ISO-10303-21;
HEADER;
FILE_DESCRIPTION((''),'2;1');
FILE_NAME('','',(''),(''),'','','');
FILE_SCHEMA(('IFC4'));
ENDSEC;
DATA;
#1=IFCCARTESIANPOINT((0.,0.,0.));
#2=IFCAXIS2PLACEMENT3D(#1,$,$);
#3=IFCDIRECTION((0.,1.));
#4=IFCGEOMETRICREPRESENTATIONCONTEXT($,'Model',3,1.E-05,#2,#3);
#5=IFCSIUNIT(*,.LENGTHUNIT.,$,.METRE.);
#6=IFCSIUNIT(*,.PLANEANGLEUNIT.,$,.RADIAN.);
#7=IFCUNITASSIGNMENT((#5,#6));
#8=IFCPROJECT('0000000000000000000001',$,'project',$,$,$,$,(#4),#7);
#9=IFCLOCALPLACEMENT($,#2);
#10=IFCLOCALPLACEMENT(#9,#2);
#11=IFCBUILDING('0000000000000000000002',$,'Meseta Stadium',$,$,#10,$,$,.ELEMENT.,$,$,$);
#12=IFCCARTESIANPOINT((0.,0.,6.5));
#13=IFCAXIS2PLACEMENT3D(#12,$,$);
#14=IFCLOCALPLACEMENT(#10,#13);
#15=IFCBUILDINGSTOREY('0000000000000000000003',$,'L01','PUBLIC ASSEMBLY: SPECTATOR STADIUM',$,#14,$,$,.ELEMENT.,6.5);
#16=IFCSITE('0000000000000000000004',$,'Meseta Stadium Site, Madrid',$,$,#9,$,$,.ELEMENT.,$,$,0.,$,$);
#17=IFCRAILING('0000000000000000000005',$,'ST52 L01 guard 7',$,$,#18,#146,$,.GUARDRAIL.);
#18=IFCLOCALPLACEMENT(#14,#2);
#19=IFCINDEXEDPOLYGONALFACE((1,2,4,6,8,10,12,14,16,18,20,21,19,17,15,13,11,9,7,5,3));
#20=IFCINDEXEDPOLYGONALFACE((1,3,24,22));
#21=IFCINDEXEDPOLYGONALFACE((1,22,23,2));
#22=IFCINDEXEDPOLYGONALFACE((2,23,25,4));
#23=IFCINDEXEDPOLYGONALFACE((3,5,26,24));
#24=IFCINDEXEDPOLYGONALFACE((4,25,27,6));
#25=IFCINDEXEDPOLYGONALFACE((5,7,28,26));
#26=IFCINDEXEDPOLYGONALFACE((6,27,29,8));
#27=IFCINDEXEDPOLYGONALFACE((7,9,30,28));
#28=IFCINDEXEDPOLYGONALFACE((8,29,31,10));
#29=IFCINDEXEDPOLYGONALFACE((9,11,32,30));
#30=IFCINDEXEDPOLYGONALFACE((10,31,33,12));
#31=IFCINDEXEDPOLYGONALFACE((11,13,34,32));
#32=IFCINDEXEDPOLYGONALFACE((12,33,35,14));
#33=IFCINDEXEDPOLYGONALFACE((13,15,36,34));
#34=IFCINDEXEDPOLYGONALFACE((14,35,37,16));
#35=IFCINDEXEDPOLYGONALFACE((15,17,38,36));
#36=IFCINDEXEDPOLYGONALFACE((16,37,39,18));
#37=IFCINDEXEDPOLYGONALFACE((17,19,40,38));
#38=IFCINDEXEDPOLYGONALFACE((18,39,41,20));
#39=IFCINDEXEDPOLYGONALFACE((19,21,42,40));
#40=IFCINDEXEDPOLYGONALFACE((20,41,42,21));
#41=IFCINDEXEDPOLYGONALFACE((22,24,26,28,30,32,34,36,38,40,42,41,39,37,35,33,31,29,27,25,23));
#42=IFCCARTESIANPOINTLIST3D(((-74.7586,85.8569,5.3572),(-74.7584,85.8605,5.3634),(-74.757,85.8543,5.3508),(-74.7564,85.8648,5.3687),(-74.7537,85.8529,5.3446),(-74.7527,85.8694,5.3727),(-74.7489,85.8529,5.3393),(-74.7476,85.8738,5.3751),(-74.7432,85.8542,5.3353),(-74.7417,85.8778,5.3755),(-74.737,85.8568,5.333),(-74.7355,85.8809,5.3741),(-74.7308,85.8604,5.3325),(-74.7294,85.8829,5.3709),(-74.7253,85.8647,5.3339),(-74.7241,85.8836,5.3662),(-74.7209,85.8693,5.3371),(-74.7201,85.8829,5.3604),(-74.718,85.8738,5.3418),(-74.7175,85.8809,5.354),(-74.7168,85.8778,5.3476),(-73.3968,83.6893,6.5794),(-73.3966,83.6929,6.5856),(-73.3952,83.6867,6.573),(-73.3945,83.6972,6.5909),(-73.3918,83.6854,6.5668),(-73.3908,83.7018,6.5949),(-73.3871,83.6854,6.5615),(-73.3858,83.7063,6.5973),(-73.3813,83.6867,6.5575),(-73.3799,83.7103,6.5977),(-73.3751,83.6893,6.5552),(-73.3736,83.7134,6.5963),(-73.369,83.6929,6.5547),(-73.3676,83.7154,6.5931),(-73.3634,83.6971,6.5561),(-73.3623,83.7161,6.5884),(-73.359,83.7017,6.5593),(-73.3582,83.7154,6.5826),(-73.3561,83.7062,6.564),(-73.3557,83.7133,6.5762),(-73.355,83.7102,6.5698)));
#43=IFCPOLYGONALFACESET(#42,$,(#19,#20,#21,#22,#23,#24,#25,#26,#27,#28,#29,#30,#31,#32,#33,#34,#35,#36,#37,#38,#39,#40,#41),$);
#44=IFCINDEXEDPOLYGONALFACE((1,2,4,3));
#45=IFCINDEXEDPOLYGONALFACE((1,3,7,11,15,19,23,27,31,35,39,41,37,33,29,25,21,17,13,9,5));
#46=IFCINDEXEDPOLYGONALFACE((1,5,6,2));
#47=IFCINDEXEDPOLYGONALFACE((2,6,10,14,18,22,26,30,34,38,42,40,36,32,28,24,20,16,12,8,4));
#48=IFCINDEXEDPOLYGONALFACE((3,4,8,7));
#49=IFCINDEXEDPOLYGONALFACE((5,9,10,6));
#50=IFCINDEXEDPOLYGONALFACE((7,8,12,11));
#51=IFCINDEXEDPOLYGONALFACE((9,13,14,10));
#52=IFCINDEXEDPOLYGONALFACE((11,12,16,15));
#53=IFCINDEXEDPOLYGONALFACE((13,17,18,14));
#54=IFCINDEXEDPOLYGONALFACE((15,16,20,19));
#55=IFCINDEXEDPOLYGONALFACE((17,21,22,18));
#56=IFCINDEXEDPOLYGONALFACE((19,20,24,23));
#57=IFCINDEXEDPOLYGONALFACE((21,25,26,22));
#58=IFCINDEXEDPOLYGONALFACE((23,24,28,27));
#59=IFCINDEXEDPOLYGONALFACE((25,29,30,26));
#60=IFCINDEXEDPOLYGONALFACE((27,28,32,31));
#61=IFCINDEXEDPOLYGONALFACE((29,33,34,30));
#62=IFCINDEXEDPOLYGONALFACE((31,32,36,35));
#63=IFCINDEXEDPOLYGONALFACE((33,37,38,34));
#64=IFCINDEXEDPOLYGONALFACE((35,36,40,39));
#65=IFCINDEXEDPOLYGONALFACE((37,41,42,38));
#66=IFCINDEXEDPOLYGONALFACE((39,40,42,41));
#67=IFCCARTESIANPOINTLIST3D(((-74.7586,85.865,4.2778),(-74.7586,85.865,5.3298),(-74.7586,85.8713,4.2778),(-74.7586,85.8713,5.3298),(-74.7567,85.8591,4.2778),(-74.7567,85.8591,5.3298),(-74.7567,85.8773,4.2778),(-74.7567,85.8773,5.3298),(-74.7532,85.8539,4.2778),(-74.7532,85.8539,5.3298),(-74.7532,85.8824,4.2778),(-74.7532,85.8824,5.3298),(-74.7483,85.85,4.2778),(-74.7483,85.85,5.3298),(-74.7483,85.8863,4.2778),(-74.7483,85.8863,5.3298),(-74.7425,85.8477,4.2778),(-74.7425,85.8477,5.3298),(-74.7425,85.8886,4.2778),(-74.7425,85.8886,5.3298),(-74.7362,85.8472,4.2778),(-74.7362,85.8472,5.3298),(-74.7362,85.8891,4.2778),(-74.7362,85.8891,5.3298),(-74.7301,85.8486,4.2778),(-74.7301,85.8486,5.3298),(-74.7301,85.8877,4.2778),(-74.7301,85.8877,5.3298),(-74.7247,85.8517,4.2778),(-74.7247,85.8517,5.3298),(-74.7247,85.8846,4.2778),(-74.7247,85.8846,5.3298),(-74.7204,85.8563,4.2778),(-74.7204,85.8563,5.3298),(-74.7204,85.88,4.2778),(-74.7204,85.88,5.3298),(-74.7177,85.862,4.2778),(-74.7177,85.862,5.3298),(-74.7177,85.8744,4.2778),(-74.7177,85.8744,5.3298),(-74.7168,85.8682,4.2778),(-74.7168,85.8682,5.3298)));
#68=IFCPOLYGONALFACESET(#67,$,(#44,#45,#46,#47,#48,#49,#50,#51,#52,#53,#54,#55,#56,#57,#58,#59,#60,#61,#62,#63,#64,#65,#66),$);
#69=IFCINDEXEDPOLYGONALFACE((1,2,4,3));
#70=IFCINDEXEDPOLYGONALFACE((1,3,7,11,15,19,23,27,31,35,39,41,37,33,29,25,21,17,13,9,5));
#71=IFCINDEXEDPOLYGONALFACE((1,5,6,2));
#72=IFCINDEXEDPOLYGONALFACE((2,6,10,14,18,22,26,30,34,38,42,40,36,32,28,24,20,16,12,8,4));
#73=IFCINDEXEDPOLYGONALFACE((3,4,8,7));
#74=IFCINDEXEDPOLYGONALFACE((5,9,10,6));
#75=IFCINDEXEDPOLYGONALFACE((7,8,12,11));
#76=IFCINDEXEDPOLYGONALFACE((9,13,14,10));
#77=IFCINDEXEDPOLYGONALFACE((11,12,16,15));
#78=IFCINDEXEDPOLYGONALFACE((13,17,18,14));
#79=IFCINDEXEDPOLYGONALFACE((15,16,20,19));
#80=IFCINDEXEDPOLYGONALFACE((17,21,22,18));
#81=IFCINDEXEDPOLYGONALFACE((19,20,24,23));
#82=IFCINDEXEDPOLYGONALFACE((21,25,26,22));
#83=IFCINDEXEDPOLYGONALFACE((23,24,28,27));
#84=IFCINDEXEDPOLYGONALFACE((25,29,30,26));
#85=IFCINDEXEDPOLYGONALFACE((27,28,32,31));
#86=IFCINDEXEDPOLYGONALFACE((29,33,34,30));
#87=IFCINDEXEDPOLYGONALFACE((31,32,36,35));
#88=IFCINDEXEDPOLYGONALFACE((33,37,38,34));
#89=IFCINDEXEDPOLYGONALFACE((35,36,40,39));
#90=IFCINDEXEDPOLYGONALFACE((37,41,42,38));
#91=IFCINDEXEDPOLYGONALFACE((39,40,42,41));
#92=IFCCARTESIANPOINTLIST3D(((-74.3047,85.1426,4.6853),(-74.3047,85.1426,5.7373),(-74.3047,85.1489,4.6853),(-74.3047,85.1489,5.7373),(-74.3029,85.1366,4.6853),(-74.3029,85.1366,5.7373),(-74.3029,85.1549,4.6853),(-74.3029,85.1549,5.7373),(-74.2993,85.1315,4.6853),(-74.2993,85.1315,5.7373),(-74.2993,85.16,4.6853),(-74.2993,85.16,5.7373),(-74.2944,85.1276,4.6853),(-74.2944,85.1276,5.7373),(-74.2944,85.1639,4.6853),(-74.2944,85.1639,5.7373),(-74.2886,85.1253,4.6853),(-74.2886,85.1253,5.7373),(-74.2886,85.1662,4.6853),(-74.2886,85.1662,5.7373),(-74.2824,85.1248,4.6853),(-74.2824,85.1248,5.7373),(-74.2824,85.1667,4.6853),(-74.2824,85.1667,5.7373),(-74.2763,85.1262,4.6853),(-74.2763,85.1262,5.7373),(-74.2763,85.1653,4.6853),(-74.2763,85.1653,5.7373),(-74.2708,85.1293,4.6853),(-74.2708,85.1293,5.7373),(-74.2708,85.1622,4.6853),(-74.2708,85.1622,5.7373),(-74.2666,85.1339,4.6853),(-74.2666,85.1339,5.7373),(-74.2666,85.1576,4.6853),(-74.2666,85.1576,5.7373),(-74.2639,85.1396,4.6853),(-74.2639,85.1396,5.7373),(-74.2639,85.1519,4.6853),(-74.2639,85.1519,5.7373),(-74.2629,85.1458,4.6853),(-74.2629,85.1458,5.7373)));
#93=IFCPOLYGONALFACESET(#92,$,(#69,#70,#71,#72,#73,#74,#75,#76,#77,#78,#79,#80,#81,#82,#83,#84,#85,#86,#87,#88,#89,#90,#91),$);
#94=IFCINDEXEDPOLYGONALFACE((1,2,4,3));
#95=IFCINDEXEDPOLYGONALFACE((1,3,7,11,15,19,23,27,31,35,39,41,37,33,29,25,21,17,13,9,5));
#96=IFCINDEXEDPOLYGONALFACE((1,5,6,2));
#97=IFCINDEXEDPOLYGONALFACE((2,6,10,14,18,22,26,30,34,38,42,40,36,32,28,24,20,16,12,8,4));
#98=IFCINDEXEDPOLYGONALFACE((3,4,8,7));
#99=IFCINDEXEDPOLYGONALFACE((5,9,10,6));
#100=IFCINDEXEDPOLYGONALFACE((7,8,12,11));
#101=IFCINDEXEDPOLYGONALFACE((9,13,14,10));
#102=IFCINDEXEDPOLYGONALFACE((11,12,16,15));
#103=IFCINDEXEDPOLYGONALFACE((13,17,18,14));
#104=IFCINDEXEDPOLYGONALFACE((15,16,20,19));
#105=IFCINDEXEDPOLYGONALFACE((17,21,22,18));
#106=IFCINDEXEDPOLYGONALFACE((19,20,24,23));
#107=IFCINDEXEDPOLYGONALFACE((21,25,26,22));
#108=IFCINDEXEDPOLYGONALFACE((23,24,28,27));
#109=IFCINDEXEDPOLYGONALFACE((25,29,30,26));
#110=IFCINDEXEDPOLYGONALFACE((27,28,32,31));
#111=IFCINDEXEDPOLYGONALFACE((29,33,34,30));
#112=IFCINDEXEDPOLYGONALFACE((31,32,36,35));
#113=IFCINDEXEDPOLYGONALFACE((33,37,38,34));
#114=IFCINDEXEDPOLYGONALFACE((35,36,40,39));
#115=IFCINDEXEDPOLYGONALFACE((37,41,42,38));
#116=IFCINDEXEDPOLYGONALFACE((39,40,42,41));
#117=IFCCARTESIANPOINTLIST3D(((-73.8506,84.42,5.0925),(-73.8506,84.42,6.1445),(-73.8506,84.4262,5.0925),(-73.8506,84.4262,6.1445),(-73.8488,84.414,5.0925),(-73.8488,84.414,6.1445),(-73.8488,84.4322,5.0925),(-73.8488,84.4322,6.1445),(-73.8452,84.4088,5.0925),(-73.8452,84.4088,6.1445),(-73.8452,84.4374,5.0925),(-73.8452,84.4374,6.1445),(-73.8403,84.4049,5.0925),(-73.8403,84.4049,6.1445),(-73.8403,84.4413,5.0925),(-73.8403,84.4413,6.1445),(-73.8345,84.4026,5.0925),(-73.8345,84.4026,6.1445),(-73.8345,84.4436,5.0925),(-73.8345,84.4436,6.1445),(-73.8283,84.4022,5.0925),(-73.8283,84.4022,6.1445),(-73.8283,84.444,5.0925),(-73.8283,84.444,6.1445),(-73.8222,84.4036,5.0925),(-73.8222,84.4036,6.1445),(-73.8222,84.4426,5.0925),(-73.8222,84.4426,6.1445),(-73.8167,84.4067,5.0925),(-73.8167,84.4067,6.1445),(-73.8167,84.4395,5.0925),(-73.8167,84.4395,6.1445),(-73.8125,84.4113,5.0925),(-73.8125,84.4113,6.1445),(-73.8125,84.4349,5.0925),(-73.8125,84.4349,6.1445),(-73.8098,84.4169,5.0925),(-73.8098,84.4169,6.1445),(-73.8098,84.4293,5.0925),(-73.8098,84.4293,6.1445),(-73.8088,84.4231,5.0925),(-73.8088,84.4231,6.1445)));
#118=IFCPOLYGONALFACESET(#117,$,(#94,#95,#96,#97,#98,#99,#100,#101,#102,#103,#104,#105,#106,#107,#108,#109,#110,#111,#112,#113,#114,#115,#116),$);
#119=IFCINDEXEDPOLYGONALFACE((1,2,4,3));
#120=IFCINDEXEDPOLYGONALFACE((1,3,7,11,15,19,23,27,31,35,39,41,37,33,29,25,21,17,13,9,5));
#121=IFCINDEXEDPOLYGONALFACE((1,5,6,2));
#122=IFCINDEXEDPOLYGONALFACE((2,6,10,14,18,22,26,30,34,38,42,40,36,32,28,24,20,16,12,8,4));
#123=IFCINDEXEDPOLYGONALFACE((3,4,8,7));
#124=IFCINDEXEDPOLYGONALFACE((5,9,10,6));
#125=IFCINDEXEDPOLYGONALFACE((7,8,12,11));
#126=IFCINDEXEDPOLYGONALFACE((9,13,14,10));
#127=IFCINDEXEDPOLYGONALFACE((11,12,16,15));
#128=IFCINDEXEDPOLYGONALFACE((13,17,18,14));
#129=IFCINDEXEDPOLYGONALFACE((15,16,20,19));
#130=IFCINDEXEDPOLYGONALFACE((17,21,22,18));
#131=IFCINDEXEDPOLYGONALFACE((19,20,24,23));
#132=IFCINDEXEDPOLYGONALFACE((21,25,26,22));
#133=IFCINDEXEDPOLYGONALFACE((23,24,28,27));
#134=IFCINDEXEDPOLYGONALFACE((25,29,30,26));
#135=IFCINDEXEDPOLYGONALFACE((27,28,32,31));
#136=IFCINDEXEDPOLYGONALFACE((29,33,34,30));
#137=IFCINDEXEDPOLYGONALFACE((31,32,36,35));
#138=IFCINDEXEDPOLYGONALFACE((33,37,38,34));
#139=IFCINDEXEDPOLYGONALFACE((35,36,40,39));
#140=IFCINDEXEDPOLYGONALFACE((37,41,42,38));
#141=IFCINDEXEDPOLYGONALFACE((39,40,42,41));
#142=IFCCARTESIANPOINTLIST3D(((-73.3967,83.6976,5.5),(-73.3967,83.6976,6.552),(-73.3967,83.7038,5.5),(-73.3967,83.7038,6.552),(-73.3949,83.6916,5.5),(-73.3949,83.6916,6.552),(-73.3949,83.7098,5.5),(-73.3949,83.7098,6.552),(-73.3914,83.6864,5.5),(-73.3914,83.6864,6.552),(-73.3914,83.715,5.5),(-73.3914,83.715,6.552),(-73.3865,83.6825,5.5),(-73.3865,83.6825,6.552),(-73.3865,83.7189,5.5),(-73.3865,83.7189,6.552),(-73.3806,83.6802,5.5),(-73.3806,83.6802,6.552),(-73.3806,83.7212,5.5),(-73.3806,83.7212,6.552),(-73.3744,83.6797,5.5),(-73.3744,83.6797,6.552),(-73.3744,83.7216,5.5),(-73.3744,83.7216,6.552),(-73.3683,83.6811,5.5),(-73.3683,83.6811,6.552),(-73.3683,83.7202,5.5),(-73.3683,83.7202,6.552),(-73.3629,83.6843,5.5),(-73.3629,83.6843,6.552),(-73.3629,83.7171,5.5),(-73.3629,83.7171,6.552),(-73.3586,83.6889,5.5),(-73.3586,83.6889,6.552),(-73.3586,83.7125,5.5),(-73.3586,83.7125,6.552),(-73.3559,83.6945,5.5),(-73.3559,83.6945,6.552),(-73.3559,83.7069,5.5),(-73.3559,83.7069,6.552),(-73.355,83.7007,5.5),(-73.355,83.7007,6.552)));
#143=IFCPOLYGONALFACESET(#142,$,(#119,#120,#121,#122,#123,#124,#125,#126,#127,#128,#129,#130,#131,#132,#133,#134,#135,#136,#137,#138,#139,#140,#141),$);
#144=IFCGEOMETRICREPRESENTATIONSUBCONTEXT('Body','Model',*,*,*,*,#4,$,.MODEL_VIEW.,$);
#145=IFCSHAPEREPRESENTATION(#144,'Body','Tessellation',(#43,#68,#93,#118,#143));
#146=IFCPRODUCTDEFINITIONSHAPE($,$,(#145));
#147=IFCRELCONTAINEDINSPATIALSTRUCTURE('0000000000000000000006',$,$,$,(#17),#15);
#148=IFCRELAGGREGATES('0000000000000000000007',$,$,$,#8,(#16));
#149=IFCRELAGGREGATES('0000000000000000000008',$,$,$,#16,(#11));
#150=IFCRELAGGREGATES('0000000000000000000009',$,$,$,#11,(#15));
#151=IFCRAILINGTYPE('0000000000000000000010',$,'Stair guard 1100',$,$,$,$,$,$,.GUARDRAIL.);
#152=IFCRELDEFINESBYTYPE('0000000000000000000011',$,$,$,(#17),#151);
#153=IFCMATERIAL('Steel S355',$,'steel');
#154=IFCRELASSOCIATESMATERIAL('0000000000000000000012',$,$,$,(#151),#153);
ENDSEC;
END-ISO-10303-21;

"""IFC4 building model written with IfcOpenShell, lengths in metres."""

from ifc_helpers import new_model, si_unit, direction, frame, origin, origin_2d, place, context, subcontext, project, spatial, circle, extrude, material, type_object, element, save


model = new_model("IFC4")

# Units and contexts
model_context = context("Model", 3, precision=1e-05, world=origin(), true_north=direction((0.0, 1.0)))
body_context = subcontext(model_context, "Body", "Model", "MODEL_VIEW")
ifc_project = project(units=[si_unit("LENGTHUNIT", "METRE"), si_unit("PLANEANGLEUNIT", "RADIAN")], contexts=[model_context])

# Site, building, storey
site_placement = place(None, origin())
site = spatial("IfcSite", under=ifc_project, at=site_placement, Name="Meseta Stadium Site, Madrid", CompositionType="ELEMENT", RefElevation=0.0)
building_placement = place(site_placement, origin())
building = spatial("IfcBuilding", under=site, at=building_placement, Name="Meseta Stadium", CompositionType="ELEMENT")
storey_placement = place(building_placement, frame((0.0, 0.0, 6.5)))
storey = spatial("IfcBuildingStorey", under=building, at=storey_placement, Name="L01", Description="PUBLIC ASSEMBLY: SPECTATOR STADIUM", CompositionType="ELEMENT", Elevation=6.5)

# Railing
ifc_material_1 = material(Name="Steel S355", Category="steel")
railing_type_1 = type_object("IfcRailingType", Name="Stair guard 1100", PredefinedType="GUARDRAIL", material=ifc_material_1)
railing_1_placement = place(storey_placement, frame((-74.7378, 85.8682, 4.2778)))
element("IfcRailing", 1, at=railing_1_placement, inside=storey, type_object=railing_type_1, Name="ST52 L01 guard 7", PredefinedType="GUARDRAIL", context=body_context, shape_type="SweptSolid", body=[
    extrude(circle(Radius=0.0239, at=origin_2d()), frame((0.0, 0.0, 1.0762), z_axis=(0.48009, -0.764116, 0.430859), x_axis=(0.846742, 0.532004, 0.0)), (0.0, 0.0, 1.0), 2.8367),
    extrude(circle(Radius=0.021, at=origin_2d()), origin(), (0.0, 0.0, 1.0), 1.052),
    extrude(circle(Radius=0.021, at=origin_2d()), frame((0.4539, -0.7224, 0.4075)), (0.0, 0.0, 1.0), 1.052),
    extrude(circle(Radius=0.021, at=origin_2d()), frame((0.908, -1.4451, 0.8147)), (0.0, 0.0, 1.0), 1.052),
    extrude(circle(Radius=0.021, at=origin_2d()), frame((1.3618, -2.1675, 1.2222)), (0.0, 0.0, 1.0), 1.052),
])

save(model, "model.ifc")
